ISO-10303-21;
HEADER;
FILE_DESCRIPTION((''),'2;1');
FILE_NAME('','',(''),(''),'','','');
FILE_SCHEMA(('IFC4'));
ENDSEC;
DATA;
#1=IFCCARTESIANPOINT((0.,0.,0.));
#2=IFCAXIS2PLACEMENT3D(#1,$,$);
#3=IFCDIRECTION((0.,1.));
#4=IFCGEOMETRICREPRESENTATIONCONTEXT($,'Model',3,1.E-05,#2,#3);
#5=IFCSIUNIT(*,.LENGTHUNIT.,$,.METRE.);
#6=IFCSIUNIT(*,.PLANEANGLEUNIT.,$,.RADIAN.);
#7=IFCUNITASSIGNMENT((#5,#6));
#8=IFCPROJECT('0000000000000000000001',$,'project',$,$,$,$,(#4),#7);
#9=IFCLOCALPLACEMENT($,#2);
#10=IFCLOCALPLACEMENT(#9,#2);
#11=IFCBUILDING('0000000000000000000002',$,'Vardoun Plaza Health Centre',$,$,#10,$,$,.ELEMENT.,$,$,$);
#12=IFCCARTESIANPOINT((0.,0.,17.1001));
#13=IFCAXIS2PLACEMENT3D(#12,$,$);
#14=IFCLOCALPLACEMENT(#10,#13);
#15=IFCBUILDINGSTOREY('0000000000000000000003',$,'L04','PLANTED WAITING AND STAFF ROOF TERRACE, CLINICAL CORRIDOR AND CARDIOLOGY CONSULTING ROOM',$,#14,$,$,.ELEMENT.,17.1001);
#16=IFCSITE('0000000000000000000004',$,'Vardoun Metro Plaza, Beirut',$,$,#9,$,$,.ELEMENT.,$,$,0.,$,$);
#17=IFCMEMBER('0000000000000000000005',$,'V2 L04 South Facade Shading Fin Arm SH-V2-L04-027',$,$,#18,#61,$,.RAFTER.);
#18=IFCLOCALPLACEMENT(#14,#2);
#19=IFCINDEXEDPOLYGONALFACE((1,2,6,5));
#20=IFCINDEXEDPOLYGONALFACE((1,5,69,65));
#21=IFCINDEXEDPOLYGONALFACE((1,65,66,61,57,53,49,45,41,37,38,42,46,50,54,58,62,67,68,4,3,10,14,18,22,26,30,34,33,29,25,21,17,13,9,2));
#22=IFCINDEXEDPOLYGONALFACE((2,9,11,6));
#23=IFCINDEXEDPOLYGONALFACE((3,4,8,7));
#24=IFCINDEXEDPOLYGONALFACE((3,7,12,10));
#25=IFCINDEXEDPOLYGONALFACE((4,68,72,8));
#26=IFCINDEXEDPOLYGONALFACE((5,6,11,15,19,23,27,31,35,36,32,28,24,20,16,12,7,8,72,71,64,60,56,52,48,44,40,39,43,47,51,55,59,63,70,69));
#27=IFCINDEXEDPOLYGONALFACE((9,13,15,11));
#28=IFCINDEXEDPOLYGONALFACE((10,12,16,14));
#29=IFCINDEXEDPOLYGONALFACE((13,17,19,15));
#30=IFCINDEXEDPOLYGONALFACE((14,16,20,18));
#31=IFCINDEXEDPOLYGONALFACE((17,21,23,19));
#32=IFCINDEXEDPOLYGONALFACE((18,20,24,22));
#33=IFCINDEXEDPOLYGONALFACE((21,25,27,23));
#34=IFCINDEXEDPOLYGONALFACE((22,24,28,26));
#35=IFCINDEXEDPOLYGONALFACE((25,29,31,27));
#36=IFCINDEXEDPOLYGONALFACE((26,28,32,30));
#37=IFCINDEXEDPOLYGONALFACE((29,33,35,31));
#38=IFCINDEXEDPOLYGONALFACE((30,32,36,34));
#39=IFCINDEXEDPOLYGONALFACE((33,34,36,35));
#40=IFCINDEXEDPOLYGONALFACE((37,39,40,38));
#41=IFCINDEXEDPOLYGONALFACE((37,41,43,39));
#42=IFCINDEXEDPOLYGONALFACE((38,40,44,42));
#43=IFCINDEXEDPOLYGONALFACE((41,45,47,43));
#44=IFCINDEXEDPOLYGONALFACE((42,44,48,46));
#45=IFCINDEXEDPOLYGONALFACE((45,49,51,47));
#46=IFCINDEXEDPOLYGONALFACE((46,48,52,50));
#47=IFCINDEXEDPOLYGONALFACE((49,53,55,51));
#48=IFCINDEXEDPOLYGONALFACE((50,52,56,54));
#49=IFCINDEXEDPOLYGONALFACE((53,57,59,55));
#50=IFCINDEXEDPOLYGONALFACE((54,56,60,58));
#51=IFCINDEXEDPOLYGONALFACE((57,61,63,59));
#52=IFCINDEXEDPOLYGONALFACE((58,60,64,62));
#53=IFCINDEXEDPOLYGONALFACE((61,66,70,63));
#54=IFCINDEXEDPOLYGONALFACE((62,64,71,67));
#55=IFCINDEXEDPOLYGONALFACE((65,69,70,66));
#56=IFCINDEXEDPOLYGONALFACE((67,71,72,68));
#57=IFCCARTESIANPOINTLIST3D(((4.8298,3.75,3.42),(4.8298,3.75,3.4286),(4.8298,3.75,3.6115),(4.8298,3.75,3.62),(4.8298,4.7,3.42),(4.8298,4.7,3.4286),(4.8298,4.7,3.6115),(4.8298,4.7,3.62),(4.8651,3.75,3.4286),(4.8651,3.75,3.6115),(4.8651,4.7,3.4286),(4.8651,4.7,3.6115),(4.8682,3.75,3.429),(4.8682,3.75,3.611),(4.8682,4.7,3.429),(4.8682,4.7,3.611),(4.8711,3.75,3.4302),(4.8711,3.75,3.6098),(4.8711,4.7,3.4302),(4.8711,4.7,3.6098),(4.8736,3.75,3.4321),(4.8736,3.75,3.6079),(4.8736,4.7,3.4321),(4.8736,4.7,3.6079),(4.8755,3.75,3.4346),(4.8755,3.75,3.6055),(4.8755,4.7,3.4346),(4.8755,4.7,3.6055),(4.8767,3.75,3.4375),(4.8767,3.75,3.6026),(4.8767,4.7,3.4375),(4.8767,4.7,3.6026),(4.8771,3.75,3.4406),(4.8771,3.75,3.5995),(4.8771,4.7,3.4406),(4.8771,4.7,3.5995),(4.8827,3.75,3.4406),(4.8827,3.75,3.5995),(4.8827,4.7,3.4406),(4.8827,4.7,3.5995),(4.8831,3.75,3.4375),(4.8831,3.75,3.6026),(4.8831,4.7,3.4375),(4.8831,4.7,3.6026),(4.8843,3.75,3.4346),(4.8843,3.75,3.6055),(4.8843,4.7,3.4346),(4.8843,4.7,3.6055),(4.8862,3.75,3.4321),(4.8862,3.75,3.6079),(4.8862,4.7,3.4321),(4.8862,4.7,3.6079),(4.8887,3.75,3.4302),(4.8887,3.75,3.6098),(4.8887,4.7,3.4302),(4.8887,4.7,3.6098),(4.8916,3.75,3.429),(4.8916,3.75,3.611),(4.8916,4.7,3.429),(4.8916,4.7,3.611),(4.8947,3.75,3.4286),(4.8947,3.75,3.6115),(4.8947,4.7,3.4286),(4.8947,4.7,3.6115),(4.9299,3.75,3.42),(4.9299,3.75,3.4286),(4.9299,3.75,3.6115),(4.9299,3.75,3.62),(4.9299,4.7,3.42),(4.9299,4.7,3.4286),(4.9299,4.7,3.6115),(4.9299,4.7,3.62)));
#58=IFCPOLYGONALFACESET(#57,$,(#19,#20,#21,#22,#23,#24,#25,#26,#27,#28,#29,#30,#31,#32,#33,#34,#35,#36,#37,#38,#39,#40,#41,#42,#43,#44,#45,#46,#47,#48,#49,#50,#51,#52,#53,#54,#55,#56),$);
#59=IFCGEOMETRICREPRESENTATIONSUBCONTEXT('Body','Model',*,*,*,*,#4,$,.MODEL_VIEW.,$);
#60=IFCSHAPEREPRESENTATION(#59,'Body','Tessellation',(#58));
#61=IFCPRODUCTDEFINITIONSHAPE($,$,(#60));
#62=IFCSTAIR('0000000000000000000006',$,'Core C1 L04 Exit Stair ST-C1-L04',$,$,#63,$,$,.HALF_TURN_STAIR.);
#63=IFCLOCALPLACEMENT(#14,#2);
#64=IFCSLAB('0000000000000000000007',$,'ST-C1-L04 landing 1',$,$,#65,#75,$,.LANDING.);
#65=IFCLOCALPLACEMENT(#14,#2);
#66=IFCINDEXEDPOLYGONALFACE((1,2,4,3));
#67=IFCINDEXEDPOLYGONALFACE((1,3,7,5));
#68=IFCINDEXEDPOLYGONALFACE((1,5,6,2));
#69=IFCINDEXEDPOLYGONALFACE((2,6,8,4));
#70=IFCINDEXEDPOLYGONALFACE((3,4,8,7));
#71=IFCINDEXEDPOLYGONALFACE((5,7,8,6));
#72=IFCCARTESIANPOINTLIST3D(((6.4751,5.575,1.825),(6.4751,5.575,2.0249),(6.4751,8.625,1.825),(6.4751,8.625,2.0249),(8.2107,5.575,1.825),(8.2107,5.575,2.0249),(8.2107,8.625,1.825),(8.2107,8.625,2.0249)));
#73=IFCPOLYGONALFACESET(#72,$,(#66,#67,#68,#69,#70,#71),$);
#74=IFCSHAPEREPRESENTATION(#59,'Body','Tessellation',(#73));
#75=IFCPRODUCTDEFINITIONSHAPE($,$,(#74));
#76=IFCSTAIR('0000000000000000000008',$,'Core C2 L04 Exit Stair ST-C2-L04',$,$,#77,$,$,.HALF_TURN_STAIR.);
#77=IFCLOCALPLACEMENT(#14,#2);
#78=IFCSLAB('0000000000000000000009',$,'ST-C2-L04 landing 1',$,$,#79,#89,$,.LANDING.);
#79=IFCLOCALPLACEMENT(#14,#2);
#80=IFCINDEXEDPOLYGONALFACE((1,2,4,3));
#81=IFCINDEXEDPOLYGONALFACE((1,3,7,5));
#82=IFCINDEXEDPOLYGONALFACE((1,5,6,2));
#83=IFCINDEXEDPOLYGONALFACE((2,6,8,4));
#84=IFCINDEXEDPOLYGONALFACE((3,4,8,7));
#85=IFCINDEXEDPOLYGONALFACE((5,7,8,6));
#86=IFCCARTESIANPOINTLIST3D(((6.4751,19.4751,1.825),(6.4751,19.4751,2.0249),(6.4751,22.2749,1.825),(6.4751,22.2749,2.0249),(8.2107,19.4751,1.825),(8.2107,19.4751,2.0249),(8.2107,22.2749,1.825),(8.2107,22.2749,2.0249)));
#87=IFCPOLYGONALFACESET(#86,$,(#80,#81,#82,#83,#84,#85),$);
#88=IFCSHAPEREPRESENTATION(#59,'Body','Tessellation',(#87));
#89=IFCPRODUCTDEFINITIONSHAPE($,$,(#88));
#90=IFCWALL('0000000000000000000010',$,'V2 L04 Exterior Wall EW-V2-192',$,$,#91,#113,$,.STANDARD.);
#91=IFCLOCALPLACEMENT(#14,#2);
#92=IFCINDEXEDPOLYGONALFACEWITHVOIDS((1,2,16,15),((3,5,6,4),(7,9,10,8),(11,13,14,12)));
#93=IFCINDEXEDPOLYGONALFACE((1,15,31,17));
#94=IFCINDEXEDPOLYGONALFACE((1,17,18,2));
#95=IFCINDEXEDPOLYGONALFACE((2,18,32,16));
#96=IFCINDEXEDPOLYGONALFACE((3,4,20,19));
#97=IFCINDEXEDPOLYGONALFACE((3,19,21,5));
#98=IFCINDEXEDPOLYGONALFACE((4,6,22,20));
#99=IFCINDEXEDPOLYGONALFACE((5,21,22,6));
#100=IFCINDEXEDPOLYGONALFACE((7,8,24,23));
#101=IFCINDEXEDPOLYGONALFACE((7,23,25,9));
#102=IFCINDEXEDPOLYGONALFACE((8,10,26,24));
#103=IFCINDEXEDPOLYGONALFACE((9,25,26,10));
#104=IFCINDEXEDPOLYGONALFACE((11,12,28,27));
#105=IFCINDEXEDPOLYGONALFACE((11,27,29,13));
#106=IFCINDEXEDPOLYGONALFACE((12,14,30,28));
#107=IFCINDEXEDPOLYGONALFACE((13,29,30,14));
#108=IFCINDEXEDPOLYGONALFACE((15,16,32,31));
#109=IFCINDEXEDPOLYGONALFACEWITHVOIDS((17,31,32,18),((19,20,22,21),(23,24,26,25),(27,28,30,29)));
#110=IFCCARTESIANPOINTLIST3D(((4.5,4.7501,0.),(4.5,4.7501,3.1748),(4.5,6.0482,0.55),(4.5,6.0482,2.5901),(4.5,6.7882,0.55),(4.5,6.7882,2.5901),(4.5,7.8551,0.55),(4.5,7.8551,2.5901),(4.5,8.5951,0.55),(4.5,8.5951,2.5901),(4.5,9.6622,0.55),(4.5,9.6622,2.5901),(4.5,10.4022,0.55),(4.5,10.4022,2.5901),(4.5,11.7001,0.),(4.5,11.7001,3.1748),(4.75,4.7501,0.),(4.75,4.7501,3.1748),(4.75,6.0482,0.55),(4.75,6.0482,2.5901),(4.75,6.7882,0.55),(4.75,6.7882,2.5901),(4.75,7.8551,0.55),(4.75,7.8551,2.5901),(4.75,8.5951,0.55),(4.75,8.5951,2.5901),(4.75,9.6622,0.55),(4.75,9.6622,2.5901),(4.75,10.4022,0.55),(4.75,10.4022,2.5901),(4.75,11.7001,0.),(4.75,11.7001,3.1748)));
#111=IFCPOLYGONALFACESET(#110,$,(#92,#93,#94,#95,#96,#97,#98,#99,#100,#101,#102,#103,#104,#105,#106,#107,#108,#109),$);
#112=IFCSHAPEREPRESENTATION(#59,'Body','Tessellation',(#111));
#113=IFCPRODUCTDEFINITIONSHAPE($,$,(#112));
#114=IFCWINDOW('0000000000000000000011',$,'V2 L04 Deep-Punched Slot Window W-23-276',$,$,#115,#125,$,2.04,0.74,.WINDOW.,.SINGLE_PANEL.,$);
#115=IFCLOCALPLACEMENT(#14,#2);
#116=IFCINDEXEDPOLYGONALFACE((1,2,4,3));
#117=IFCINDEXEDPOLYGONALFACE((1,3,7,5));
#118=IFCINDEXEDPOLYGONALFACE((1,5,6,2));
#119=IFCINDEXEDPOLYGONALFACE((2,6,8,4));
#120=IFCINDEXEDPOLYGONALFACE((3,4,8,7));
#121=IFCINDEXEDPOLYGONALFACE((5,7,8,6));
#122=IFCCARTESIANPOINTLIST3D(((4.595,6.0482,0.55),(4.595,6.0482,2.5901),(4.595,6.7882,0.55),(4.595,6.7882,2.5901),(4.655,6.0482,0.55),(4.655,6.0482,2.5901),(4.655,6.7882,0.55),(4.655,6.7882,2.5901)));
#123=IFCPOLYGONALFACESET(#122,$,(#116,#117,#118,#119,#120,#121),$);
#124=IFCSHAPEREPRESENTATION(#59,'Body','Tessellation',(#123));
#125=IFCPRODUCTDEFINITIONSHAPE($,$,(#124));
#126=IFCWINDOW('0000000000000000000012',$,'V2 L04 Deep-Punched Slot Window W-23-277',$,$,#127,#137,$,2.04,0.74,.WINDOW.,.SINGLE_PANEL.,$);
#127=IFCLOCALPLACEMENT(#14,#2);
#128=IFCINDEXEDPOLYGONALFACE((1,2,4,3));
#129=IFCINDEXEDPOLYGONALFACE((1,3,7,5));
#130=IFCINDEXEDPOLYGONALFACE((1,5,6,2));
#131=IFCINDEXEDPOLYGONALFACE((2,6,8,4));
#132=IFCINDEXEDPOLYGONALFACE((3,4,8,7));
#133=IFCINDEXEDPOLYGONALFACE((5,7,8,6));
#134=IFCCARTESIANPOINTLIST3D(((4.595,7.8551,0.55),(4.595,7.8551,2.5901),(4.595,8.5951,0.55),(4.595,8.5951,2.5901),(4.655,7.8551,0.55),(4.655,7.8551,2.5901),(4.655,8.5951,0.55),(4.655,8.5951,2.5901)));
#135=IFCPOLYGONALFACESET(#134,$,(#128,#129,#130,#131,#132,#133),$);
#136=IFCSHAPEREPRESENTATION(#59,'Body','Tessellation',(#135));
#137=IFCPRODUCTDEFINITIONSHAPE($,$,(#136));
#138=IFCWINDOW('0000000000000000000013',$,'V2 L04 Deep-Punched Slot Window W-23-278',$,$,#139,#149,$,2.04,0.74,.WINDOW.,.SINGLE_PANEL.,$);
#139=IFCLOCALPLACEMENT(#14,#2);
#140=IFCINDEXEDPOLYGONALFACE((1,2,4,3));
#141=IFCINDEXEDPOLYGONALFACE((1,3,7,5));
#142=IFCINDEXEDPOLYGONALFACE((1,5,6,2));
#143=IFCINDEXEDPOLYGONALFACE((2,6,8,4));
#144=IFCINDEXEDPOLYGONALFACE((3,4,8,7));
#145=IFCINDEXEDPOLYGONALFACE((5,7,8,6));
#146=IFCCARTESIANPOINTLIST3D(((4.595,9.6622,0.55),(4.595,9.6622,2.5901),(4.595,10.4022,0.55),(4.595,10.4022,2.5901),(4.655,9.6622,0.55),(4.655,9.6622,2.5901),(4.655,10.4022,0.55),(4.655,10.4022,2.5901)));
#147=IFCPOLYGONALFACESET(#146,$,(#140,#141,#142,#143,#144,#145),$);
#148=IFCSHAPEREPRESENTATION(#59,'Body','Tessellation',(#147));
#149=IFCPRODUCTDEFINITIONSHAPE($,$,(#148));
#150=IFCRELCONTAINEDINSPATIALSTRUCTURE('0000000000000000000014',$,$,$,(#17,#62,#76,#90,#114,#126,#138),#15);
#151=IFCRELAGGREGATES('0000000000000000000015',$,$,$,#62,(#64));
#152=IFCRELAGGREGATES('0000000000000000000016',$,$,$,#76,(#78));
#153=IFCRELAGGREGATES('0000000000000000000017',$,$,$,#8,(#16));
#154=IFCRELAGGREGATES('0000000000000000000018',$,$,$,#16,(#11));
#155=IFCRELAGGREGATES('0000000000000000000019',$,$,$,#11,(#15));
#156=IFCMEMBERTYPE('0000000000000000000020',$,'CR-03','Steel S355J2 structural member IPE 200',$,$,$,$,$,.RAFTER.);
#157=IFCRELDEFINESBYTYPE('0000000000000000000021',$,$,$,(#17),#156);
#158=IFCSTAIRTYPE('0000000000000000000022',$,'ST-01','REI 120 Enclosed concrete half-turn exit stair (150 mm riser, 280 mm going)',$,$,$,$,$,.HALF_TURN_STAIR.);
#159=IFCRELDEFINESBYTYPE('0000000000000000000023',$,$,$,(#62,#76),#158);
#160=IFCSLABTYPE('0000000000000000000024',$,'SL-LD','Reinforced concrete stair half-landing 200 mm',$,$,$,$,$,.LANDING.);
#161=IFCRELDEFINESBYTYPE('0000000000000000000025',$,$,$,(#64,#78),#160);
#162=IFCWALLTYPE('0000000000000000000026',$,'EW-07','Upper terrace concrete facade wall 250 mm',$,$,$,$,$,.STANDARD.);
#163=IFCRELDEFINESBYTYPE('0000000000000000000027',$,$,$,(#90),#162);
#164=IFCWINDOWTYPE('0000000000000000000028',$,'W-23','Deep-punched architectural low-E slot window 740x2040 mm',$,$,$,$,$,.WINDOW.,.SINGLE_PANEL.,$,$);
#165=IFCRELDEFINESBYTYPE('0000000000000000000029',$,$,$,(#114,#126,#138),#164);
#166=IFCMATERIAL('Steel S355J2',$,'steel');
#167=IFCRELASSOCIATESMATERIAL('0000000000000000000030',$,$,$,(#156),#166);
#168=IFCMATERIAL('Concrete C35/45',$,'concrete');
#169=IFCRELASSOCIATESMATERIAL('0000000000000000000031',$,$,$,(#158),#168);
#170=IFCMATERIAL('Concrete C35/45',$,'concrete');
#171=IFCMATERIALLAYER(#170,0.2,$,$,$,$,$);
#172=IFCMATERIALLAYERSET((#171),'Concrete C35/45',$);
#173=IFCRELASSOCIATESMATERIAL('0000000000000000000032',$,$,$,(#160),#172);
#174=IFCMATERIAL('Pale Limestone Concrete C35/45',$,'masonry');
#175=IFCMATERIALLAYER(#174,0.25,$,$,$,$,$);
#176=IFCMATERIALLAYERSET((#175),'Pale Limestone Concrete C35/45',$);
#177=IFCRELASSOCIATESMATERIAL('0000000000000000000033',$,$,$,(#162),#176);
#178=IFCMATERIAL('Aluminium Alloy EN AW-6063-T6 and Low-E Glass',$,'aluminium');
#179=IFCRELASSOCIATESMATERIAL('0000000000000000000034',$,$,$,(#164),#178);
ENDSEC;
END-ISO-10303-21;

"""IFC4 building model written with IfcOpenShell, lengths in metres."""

from ifc_helpers import new_model, si_unit, direction, frame, frame_2d, origin, origin_2d, place, context, subcontext, project, spatial, polyline, rectangle, i_section, outline, extrude, material, layer, layer_set, material_profile, profile_set, type_object, element, fill, aggregate, save


model = new_model("IFC4")

# Units and contexts
model_context = context("Model", 3, precision=1e-05, world=origin(), true_north=direction((0.0, 1.0)))
body_context = subcontext(model_context, "Body", "Model", "MODEL_VIEW")
ifc_project = project(units=[si_unit("LENGTHUNIT", "METRE"), si_unit("PLANEANGLEUNIT", "RADIAN")], contexts=[model_context])

# Site, building, storey
site_placement = place(None, origin())
site = spatial("IfcSite", under=ifc_project, at=site_placement, Name="Vardoun Metro Plaza, Beirut", CompositionType="ELEMENT", RefElevation=0.0)
building_placement = place(site_placement, origin())
building = spatial("IfcBuilding", under=site, at=building_placement, Name="Vardoun Plaza Health Centre", CompositionType="ELEMENT")
storey_placement = place(building_placement, frame((0.0, 0.0, 17.1001)))
storey = spatial("IfcBuildingStorey", under=building, at=storey_placement, Name="L04", Description="PLANTED WAITING AND STAFF ROOF TERRACE, CLINICAL CORRIDOR AND CARDIOLOGY CONSULTING ROOM", CompositionType="ELEMENT", Elevation=17.1001)

# Member
ifc_material_1 = material(Name="Steel S355J2", Category="steel")
ifc_material_profile = material_profile(ifc_material_1, i_section(OverallWidth=0.1001, OverallDepth=0.2, WebThickness=0.0056, FlangeThickness=0.0085, FilletRadius=0.012, at=origin_2d()), Name="IPE 200")
ifc_profile_set = profile_set([ifc_material_profile], Name="Steel S355J2")
member_type = type_object("IfcMemberType", Name="CR-03", Description="Steel S355J2 structural member IPE 200", PredefinedType="RAFTER", material=ifc_profile_set)
member_placement = place(storey_placement, frame((4.8799, 4.7, 3.52), z_axis=(0.0, -1.0, 0.0), x_axis=(1.0, 0.0, 0.0)))
element("IfcMember", 1, at=member_placement, inside=storey, type_object=member_type, Name="V2 L04 South Facade Shading Fin Arm SH-V2-L04-027", PredefinedType="RAFTER", context=body_context, shape_type="SweptSolid", body=[
    extrude(i_section(OverallWidth=0.1001, OverallDepth=0.2, WebThickness=0.0056, FlangeThickness=0.0085, FilletRadius=0.012, at=origin_2d()), origin(), (0.0, 0.0, 1.0), 0.95),
])

# Stairs, slabs
ifc_material_2 = material(Name="Concrete C35/45", Category="concrete")
stair_type = type_object("IfcStairType", Name="ST-01", Description="REI 120 Enclosed concrete half-turn exit stair (150 mm riser, 280 mm going)", PredefinedType="HALF_TURN_STAIR", material=ifc_material_2)
stair_1_placement = place(storey_placement, origin())
stair_1 = element("IfcStair", 2, at=stair_1_placement, inside=storey, type_object=stair_type, Name="Core C1 L04 Exit Stair ST-C1-L04", PredefinedType="HALF_TURN_STAIR")
ifc_material_3 = material(Name="Concrete C35/45", Category="concrete")
ifc_layer_1 = layer(ifc_material_3, 0.2)
ifc_layer_set_1 = layer_set([ifc_layer_1], Name="Concrete C35/45")
slab_type = type_object("IfcSlabType", Name="SL-LD", Description="Reinforced concrete stair half-landing 200 mm", PredefinedType="LANDING", material=ifc_layer_set_1)
slab_1_placement = place(storey_placement, frame((0.0, 0.0, 1.825)))
slab_1 = element("IfcSlab", 3, at=slab_1_placement, type_object=slab_type, Name="ST-C1-L04 landing 1", PredefinedType="LANDING", context=body_context, shape_type="SweptSolid", body=[
    extrude(outline(polyline([(6.4751, 5.575), (8.2107, 5.575), (8.2107, 8.625), (6.4751, 8.625), (6.4751, 5.575)])), origin(), (0.0, 0.0, 1.0), 0.2),
])
aggregate(stair_1, [slab_1])
stair_2_placement = place(storey_placement, origin())
stair_2 = element("IfcStair", 4, at=stair_2_placement, inside=storey, type_object=stair_type, Name="Core C2 L04 Exit Stair ST-C2-L04", PredefinedType="HALF_TURN_STAIR")
slab_2_placement = place(storey_placement, frame((0.0, 0.0, 1.825)))
slab_2 = element("IfcSlab", 5, at=slab_2_placement, type_object=slab_type, Name="ST-C2-L04 landing 1", PredefinedType="LANDING", context=body_context, shape_type="SweptSolid", body=[
    extrude(outline(polyline([(6.4751, 19.4751), (8.2107, 19.4751), (8.2107, 22.2749), (6.4751, 22.2749), (6.4751, 19.4751)])), origin(), (0.0, 0.0, 1.0), 0.2),
])
aggregate(stair_2, [slab_2])

# Wall, openings, windows
ifc_material_4 = material(Name="Pale Limestone Concrete C35/45", Category="masonry")
ifc_layer_2 = layer(ifc_material_4, 0.25)
ifc_layer_set_2 = layer_set([ifc_layer_2], Name="Pale Limestone Concrete C35/45")
wall_type = type_object("IfcWallType", Name="EW-07", Description="Upper terrace concrete facade wall 250 mm", PredefinedType="STANDARD", material=ifc_layer_set_2)
wall_placement = place(storey_placement, frame((4.625, 4.75, 0.0), z_axis=(0.0, 0.0, 1.0), x_axis=(0.0, 1.0, 0.0)))
wall = element("IfcWall", 6, at=wall_placement, inside=storey, type_object=wall_type, Name="V2 L04 Exterior Wall EW-V2-192", PredefinedType="STANDARD", context=body_context, shape_type="SweptSolid", body=[
    extrude(rectangle(XDim=6.95, YDim=0.25, at=frame_2d((3.4751, 0.0))), origin(), (0.0, 0.0, 1.0), 3.1748),
])
opening_1_placement = place(wall_placement, frame((1.2981, 0.0, 0.55)))
opening_1 = element("IfcOpeningElement", 7, at=opening_1_placement, cuts=wall, PredefinedType="OPENING", context=body_context, shape_type="SweptSolid", body=[
    extrude(rectangle(XDim=0.74, YDim=2.04, at=frame_2d((0.3701, 1.02))), frame((0.0, 0.125, 0.0), z_axis=(0.0, -1.0, 0.0), x_axis=(1.0, 0.0, 0.0)), (0.0, 0.0, 1.0), 0.25),
])
opening_2_placement = place(wall_placement, frame((3.105, 0.0, 0.55)))
opening_2 = element("IfcOpeningElement", 8, at=opening_2_placement, cuts=wall, PredefinedType="OPENING", context=body_context, shape_type="SweptSolid", body=[
    extrude(rectangle(XDim=0.74, YDim=2.04, at=frame_2d((0.3701, 1.02))), frame((0.0, 0.125, 0.0), z_axis=(0.0, -1.0, 0.0), x_axis=(1.0, 0.0, 0.0)), (0.0, 0.0, 1.0), 0.25),
])
opening_3_placement = place(wall_placement, frame((4.9121, 0.0, 0.55)))
opening_3 = element("IfcOpeningElement", 9, at=opening_3_placement, cuts=wall, PredefinedType="OPENING", context=body_context, shape_type="SweptSolid", body=[
    extrude(rectangle(XDim=0.74, YDim=2.04, at=frame_2d((0.3701, 1.02))), frame((0.0, 0.125, 0.0), z_axis=(0.0, -1.0, 0.0), x_axis=(1.0, 0.0, 0.0)), (0.0, 0.0, 1.0), 0.25),
])
ifc_material_5 = material(Name="Aluminium Alloy EN AW-6063-T6 and Low-E Glass", Category="aluminium")
window_type = type_object("IfcWindowType", Name="W-23", Description="Deep-punched architectural low-E slot window 740x2040 mm", PartitioningType="SINGLE_PANEL", PredefinedType="WINDOW", material=ifc_material_5)
window_1_placement = place(opening_1_placement, origin())
window_1 = element("IfcWindow", 10, at=window_1_placement, inside=storey, type_object=window_type, Name="V2 L04 Deep-Punched Slot Window W-23-276", OverallHeight=2.04, OverallWidth=0.74, PartitioningType="SINGLE_PANEL", PredefinedType="WINDOW", context=body_context, shape_type="SweptSolid", body=[
    extrude(rectangle(XDim=0.74, YDim=2.04, at=frame_2d((0.3701, 1.02))), frame((0.0, 0.03, 0.0), z_axis=(0.0, -1.0, 0.0), x_axis=(1.0, 0.0, 0.0)), (0.0, 0.0, 1.0), 0.0601),
])
fill(opening_1, window_1)
window_2_placement = place(opening_2_placement, origin())
window_2 = element("IfcWindow", 11, at=window_2_placement, inside=storey, type_object=window_type, Name="V2 L04 Deep-Punched Slot Window W-23-277", OverallHeight=2.04, OverallWidth=0.74, PartitioningType="SINGLE_PANEL", PredefinedType="WINDOW", context=body_context, shape_type="SweptSolid", body=[
    extrude(rectangle(XDim=0.74, YDim=2.04, at=frame_2d((0.3701, 1.02))), frame((0.0, 0.03, 0.0), z_axis=(0.0, -1.0, 0.0), x_axis=(1.0, 0.0, 0.0)), (0.0, 0.0, 1.0), 0.0601),
])
fill(opening_2, window_2)
window_3_placement = place(opening_3_placement, origin())
window_3 = element("IfcWindow", 12, at=window_3_placement, inside=storey, type_object=window_type, Name="V2 L04 Deep-Punched Slot Window W-23-278", OverallHeight=2.04, OverallWidth=0.74, PartitioningType="SINGLE_PANEL", PredefinedType="WINDOW", context=body_context, shape_type="SweptSolid", body=[
    extrude(rectangle(XDim=0.74, YDim=2.04, at=frame_2d((0.3701, 1.02))), frame((0.0, 0.03, 0.0), z_axis=(0.0, -1.0, 0.0), x_axis=(1.0, 0.0, 0.0)), (0.0, 0.0, 1.0), 0.0601),
])
fill(opening_3, window_3)

save(model, "model.ifc")
